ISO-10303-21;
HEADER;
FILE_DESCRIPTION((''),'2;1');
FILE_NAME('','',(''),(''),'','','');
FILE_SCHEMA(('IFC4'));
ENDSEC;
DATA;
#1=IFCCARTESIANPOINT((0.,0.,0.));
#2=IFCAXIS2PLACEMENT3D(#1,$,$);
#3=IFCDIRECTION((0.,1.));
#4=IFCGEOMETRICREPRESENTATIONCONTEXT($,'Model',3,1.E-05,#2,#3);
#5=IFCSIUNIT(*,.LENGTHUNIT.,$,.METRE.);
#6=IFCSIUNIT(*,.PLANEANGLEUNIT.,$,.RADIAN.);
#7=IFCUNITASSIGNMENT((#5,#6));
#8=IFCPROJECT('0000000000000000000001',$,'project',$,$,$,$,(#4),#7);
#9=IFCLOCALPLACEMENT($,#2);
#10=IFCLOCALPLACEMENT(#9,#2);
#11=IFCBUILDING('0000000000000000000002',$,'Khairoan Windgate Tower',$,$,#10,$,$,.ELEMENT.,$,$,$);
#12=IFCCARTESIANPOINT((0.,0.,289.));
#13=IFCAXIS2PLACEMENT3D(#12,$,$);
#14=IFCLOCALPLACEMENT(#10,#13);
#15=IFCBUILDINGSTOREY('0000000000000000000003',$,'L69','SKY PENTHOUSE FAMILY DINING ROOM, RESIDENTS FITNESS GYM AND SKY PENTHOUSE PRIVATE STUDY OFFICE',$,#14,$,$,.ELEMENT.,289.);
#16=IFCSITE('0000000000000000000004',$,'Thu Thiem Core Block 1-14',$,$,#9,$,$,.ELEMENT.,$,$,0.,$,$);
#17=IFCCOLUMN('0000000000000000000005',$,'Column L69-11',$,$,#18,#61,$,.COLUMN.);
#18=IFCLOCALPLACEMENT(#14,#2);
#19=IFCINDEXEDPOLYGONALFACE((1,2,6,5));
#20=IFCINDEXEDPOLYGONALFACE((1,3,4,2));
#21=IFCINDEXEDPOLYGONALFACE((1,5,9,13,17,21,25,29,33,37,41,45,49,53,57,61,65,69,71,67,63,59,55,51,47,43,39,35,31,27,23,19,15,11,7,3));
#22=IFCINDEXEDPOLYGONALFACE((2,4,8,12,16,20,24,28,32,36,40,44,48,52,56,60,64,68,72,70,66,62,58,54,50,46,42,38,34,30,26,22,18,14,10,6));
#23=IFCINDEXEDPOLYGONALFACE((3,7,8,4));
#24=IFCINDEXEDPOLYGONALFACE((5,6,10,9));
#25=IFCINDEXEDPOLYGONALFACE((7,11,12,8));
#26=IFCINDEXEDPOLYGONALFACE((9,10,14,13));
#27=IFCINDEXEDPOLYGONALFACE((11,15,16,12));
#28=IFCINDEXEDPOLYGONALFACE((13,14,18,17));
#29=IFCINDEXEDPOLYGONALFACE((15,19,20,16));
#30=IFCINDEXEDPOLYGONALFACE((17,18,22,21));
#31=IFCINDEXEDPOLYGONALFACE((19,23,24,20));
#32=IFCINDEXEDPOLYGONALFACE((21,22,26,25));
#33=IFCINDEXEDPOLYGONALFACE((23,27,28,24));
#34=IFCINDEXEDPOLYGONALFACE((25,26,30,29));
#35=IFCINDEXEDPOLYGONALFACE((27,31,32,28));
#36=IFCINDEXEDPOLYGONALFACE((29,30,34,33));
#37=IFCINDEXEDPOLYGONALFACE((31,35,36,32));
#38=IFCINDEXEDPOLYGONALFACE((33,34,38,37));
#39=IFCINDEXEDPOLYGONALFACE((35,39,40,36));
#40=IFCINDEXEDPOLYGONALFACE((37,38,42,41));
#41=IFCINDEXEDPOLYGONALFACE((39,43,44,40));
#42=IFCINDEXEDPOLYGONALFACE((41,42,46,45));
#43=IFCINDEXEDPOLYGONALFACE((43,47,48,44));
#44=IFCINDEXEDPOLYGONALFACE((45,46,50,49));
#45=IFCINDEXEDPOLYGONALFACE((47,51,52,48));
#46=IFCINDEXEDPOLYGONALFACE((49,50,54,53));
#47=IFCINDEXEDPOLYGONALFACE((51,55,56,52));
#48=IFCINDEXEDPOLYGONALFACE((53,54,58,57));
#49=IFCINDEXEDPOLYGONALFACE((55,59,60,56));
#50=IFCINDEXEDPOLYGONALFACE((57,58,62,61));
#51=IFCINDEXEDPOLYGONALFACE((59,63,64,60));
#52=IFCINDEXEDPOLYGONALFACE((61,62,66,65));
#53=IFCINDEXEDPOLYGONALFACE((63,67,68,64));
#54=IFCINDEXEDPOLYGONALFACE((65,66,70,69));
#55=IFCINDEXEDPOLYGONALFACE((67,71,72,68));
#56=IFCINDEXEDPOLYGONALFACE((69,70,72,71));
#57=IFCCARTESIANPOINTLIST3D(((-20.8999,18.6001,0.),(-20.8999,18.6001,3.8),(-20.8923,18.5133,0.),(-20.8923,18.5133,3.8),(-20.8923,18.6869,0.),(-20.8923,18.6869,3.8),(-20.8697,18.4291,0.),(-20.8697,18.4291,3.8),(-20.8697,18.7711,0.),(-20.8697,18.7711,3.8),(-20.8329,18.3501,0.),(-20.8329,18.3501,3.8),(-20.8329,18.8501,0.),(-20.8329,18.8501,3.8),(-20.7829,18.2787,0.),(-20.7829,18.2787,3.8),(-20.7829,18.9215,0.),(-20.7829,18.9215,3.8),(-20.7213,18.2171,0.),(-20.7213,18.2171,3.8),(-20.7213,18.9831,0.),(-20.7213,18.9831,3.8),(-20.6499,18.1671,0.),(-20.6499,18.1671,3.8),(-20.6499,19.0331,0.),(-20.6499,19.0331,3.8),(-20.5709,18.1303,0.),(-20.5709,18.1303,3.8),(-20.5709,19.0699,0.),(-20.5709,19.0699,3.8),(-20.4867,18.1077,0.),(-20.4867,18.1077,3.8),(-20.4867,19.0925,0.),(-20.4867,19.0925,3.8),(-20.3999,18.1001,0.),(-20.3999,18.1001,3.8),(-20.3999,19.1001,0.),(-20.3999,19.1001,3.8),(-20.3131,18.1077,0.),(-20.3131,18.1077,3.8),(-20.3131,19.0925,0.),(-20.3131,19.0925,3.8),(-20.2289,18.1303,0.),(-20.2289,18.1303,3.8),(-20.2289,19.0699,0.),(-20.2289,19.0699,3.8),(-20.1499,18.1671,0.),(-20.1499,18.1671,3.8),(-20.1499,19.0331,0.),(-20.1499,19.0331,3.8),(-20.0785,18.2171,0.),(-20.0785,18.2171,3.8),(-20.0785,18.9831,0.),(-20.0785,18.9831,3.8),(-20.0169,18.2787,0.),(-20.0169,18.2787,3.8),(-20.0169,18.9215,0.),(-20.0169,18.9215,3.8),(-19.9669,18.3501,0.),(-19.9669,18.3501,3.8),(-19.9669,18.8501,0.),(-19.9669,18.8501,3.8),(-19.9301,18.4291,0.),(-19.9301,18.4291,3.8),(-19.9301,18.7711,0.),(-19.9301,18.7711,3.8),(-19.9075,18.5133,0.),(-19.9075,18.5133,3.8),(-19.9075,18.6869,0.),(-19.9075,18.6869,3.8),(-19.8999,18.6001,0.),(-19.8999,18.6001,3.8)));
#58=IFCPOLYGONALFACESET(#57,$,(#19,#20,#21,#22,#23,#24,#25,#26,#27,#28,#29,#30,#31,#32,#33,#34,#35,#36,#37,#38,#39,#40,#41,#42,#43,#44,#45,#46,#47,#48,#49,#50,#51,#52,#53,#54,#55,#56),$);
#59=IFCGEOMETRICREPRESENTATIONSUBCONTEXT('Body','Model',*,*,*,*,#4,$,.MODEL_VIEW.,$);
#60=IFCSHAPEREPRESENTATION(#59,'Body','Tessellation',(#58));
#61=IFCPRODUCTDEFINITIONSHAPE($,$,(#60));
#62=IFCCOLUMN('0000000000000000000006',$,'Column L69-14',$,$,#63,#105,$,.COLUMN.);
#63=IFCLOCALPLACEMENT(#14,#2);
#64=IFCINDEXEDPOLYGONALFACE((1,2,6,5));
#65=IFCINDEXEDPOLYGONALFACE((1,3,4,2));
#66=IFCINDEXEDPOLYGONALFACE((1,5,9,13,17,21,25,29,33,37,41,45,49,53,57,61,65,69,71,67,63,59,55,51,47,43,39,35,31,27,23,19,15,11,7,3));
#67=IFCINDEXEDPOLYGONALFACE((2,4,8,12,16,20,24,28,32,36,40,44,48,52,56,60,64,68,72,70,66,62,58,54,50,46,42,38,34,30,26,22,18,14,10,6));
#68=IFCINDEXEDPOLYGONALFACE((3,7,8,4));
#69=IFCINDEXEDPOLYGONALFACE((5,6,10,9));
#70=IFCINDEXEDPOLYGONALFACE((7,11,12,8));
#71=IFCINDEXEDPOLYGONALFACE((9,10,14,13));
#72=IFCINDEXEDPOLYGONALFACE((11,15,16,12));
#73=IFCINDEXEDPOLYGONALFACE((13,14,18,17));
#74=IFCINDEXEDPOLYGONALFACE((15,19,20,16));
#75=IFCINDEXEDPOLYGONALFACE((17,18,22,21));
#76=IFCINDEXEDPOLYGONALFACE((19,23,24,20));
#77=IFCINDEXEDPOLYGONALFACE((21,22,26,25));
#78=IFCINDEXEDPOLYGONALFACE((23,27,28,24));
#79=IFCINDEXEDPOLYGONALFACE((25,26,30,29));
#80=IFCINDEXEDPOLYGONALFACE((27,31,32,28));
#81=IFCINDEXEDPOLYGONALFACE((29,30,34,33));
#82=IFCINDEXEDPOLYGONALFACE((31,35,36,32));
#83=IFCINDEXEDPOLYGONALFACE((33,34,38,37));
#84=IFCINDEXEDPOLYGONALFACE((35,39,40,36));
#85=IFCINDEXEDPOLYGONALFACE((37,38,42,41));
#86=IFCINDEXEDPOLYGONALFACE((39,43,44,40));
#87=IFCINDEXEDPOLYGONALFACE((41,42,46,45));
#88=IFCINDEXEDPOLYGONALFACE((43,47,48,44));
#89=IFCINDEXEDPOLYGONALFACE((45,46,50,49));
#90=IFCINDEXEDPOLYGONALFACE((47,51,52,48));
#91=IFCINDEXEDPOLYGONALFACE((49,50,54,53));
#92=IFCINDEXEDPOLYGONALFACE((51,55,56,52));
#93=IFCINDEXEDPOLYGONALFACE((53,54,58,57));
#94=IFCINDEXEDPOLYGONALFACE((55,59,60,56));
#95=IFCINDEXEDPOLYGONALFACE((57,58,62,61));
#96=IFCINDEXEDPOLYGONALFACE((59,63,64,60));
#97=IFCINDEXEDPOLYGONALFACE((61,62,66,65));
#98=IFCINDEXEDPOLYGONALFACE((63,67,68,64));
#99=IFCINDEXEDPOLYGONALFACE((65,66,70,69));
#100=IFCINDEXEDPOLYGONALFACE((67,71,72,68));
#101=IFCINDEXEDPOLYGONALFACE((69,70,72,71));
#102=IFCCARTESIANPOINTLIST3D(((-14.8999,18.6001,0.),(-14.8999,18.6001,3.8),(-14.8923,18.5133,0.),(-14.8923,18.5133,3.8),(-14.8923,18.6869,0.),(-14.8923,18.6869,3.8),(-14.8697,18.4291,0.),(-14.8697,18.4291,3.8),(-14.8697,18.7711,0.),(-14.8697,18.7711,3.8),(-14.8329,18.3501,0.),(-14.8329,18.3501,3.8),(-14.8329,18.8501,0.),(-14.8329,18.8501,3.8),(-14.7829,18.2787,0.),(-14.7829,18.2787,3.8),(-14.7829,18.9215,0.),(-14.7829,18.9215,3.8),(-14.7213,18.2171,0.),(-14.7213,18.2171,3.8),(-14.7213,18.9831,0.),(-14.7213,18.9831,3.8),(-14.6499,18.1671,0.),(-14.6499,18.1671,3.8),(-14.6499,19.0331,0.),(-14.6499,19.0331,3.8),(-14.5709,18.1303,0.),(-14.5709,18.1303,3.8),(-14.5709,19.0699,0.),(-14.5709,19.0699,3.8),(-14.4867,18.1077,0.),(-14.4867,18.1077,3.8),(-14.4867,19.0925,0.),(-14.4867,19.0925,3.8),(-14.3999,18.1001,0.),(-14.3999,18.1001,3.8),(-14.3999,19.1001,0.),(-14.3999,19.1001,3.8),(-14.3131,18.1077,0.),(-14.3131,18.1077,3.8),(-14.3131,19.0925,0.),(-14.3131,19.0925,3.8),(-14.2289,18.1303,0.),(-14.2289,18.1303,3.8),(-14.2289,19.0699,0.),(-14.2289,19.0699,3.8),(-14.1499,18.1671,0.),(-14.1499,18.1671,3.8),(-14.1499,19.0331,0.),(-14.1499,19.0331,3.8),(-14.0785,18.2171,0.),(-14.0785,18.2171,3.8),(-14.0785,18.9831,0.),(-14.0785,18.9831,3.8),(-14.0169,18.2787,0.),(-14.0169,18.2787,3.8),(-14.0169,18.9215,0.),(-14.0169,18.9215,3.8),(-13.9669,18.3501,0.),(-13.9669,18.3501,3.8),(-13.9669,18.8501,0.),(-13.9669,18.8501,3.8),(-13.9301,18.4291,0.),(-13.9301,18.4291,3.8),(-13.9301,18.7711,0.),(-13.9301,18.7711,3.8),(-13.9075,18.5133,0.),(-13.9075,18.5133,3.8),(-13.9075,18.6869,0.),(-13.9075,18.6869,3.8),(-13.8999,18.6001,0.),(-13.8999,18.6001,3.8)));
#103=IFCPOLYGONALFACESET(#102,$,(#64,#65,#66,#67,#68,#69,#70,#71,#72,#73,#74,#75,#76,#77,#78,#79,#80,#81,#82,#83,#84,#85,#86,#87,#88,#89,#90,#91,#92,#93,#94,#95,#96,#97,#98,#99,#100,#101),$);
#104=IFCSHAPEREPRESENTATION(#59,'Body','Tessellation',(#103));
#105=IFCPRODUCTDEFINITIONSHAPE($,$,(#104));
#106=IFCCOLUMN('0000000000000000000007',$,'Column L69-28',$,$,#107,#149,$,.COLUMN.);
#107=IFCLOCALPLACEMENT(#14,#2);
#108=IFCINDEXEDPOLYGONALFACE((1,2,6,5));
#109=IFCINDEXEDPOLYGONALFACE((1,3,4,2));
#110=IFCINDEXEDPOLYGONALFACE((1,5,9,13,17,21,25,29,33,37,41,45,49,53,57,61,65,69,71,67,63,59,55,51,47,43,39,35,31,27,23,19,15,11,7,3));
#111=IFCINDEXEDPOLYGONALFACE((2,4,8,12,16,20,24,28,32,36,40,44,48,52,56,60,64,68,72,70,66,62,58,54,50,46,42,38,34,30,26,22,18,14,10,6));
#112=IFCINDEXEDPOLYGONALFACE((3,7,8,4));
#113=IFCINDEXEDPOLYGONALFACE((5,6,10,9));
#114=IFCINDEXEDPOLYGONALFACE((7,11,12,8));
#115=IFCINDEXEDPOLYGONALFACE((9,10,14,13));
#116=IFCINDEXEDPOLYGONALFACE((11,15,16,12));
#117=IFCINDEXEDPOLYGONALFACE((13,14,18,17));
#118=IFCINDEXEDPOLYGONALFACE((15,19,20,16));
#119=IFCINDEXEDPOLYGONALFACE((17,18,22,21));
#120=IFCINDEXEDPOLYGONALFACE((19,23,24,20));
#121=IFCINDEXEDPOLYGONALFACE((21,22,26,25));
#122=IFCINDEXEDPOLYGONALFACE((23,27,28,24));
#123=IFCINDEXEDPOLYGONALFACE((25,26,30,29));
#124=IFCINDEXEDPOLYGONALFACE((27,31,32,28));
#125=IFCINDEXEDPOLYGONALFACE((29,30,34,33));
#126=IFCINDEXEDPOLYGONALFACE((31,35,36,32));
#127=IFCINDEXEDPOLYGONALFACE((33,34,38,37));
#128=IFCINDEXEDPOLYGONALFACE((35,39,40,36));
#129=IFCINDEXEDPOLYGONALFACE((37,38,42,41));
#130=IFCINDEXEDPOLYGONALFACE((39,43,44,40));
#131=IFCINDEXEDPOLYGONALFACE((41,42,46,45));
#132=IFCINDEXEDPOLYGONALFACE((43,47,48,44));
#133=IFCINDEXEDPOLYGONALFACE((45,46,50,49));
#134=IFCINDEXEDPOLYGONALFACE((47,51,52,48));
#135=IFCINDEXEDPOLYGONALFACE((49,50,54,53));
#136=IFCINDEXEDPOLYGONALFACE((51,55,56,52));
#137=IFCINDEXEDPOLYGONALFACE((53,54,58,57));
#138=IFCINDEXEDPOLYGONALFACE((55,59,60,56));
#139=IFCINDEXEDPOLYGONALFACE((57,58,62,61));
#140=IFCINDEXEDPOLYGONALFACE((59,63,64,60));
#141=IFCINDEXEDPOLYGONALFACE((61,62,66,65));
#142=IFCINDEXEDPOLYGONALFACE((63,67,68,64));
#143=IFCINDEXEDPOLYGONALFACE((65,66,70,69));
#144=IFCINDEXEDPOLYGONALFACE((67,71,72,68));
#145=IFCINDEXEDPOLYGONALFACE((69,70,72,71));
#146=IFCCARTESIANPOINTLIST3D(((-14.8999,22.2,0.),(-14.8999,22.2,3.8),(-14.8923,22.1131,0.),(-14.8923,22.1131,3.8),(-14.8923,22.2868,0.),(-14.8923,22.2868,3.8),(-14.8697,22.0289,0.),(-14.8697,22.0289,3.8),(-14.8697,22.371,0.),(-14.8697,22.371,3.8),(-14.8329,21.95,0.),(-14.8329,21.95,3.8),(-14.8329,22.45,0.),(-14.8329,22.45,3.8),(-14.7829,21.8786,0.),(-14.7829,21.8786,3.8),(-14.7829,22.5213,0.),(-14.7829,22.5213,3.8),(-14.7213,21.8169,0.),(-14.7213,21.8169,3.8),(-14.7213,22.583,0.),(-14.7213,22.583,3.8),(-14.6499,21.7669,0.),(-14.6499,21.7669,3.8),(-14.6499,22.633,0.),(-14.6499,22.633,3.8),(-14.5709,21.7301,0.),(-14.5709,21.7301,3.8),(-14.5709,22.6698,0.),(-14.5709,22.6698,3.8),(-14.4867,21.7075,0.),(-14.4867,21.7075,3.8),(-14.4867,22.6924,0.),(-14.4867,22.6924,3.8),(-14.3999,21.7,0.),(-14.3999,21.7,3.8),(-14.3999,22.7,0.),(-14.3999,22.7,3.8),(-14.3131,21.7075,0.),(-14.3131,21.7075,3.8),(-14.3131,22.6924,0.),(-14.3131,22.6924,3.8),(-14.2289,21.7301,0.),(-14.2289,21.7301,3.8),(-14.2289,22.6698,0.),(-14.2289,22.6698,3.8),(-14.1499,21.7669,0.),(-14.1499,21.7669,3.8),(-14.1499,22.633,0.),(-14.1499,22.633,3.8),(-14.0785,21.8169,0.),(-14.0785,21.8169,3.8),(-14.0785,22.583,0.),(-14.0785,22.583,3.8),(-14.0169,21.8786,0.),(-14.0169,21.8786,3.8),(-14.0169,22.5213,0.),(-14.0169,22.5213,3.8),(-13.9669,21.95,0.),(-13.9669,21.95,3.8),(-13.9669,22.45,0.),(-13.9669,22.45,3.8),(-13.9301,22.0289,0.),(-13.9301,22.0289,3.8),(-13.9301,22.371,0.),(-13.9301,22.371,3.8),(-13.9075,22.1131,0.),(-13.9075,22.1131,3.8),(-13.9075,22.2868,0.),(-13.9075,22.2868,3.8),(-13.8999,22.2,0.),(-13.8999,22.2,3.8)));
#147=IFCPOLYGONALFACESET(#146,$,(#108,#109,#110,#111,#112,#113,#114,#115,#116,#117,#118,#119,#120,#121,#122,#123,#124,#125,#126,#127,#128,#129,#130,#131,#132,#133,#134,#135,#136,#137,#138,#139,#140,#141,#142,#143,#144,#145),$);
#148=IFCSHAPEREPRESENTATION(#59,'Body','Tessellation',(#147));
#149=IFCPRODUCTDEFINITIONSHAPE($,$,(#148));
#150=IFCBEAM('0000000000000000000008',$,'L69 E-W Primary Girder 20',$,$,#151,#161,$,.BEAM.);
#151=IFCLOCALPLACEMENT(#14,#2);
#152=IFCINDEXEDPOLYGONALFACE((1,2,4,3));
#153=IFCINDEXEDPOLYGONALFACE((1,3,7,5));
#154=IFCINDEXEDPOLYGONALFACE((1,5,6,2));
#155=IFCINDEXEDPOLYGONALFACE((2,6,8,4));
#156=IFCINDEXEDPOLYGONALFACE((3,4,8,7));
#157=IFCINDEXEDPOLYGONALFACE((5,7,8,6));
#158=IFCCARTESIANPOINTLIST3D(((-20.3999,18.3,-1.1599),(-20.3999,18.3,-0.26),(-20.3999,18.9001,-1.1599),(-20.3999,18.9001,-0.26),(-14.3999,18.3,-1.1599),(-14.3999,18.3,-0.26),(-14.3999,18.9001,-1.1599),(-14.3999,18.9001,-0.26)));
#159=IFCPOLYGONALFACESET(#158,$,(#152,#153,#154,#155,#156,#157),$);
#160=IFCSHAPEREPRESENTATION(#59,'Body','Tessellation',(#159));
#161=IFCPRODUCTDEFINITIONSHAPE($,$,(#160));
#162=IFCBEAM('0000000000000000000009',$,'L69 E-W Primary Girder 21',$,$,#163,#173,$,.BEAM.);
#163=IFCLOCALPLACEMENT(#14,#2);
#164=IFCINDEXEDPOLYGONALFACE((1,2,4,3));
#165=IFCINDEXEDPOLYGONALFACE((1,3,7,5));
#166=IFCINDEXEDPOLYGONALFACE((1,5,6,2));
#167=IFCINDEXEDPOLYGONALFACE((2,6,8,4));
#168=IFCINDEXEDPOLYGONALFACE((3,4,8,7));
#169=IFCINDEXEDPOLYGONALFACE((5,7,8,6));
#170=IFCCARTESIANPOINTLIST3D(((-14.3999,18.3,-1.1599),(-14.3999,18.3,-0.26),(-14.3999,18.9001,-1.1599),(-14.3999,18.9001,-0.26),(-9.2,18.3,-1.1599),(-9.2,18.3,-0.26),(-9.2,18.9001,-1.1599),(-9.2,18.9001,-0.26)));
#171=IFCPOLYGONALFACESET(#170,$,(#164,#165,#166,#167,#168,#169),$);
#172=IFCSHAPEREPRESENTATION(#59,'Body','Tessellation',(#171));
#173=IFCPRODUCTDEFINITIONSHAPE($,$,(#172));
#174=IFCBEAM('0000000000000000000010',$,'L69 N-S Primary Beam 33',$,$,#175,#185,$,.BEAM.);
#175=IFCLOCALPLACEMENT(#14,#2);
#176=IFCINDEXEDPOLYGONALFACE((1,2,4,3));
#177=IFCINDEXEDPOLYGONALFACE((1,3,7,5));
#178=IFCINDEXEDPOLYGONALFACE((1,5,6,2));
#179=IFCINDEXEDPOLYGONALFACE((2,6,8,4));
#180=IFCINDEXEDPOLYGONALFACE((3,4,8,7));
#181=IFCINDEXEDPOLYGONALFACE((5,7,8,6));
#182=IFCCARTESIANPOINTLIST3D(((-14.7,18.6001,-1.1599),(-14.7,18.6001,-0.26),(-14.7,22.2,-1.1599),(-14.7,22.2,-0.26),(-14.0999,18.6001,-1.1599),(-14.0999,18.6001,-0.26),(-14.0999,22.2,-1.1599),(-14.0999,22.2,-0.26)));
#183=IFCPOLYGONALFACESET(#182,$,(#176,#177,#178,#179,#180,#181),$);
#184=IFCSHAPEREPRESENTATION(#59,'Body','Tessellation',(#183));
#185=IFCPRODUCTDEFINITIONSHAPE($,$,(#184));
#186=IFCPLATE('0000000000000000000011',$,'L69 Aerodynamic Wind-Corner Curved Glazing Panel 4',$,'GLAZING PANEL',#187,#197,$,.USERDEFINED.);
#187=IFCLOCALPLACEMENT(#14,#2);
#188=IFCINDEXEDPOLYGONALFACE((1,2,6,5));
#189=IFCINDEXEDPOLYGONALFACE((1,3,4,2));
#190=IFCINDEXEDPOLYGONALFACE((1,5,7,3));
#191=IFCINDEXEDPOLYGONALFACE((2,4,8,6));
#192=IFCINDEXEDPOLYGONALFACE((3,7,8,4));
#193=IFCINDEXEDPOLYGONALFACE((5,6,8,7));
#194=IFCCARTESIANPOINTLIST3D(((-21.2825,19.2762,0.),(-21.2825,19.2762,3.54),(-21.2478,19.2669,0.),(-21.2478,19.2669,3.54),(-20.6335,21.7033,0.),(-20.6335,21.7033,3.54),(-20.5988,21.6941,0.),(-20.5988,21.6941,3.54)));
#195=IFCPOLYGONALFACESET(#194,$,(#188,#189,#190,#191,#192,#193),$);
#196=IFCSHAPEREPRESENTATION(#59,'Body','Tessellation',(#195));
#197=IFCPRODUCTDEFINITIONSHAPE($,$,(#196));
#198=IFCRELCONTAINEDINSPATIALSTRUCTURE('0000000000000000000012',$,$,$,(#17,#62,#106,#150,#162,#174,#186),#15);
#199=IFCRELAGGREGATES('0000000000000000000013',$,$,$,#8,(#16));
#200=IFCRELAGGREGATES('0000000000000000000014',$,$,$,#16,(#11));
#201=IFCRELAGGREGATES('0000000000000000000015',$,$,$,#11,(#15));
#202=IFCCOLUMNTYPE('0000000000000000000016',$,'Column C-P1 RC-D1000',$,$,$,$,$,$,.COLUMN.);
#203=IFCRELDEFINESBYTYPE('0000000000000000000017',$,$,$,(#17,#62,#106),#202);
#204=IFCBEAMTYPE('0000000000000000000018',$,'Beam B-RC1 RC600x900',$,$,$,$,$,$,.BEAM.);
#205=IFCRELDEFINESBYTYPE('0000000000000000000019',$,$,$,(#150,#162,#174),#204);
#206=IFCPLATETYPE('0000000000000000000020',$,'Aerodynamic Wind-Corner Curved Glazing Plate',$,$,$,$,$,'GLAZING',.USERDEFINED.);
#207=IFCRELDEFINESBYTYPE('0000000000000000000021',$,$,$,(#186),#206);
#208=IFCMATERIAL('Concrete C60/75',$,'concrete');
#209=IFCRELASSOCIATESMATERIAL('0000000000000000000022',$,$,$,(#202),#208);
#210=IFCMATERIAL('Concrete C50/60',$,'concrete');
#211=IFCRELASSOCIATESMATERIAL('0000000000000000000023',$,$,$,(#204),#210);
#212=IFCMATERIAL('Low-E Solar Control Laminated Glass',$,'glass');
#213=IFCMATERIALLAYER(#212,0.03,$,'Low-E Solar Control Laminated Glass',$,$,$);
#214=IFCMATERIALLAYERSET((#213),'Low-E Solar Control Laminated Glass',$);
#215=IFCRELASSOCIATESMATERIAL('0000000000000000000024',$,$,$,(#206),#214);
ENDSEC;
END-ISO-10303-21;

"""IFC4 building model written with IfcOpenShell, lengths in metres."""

from ifc_helpers import new_model, si_unit, direction, frame, origin, origin_2d, place, context, subcontext, project, spatial, rectangle, circle, extrude, material, layer, layer_set, material_profile, profile_set, type_object, element, save


model = new_model("IFC4")

# Units and contexts
model_context = context("Model", 3, precision=1e-05, world=origin(), true_north=direction((0.0, 1.0)))
body_context = subcontext(model_context, "Body", "Model", "MODEL_VIEW")
ifc_project = project(units=[si_unit("LENGTHUNIT", "METRE"), si_unit("PLANEANGLEUNIT", "RADIAN")], contexts=[model_context])

# Site, building, storey
site_placement = place(None, origin())
site = spatial("IfcSite", under=ifc_project, at=site_placement, Name="Thu Thiem Core Block 1-14", CompositionType="ELEMENT", RefElevation=0.0)
building_placement = place(site_placement, origin())
building = spatial("IfcBuilding", under=site, at=building_placement, Name="Khairoan Windgate Tower", CompositionType="ELEMENT")
storey_placement = place(building_placement, frame((0.0, 0.0, 289.0)))
storey = spatial("IfcBuildingStorey", under=building, at=storey_placement, Name="L69", Description="SKY PENTHOUSE FAMILY DINING ROOM, RESIDENTS FITNESS GYM AND SKY PENTHOUSE PRIVATE STUDY OFFICE", CompositionType="ELEMENT", Elevation=289.0)

# Columns
ifc_material_1 = material(Name="Concrete C60/75", Category="concrete")
ifc_material_profile_1 = material_profile(ifc_material_1, circle(Radius=0.5, at=origin_2d()))
ifc_profile_set_1 = profile_set([ifc_material_profile_1], Name="Concrete C60/75")
column_type = type_object("IfcColumnType", Name="Column C-P1 RC-D1000", PredefinedType="COLUMN", material=ifc_profile_set_1)
for number, where, z_axis, x_axis, name in (
    (1, (-20.3999, 18.6001, 0.0), (0.0, 0.0, 1.0), (1.0, 0.0, 0.0), "Column L69-11"),
    (2, (-14.3999, 18.6001, 0.0), (0.0, 0.0, 1.0), (1.0, 0.0, 0.0), "Column L69-14"),
    (3, (-14.3999, 22.2, 0.0), (0.0, 0.0, 1.0), (1.0, 0.0, 0.0), "Column L69-28"),
):
    element("IfcColumn", number, at=place(storey_placement, frame(where, z_axis=z_axis, x_axis=x_axis)), inside=storey, type_object=column_type, Name=name, PredefinedType="COLUMN", context=body_context, shape_type="SweptSolid", body=[
        extrude(circle(Radius=0.5, at=origin_2d()), origin(), (0.0, 0.0, 1.0), 3.8),
    ])

# Beams
ifc_material_2 = material(Name="Concrete C50/60", Category="concrete")
ifc_material_profile_2 = material_profile(ifc_material_2, rectangle(XDim=0.6001, YDim=0.8999, at=origin_2d()))
ifc_profile_set_2 = profile_set([ifc_material_profile_2], Name="Concrete C50/60")
beam_type = type_object("IfcBeamType", Name="Beam B-RC1 RC600x900", PredefinedType="BEAM", material=ifc_profile_set_2)
beam_1_placement = place(storey_placement, frame((-20.3999, 18.6001, -0.71), z_axis=(1.0, 0.0, 0.0), x_axis=(0.0, 1.0, 0.0)))
element("IfcBeam", 4, at=beam_1_placement, inside=storey, type_object=beam_type, Name="L69 E-W Primary Girder 20", PredefinedType="BEAM", context=body_context, shape_type="SweptSolid", body=[
    extrude(rectangle(XDim=0.6001, YDim=0.8999, at=origin_2d()), origin(), (0.0, 0.0, 1.0), 6.0),
])
beam_2_placement = place(storey_placement, frame((-14.3999, 18.6001, -0.71), z_axis=(1.0, 0.0, 0.0), x_axis=(0.0, 1.0, 0.0)))
element("IfcBeam", 5, at=beam_2_placement, inside=storey, type_object=beam_type, Name="L69 E-W Primary Girder 21", PredefinedType="BEAM", context=body_context, shape_type="SweptSolid", body=[
    extrude(rectangle(XDim=0.6001, YDim=0.8999, at=origin_2d()), origin(), (0.0, 0.0, 1.0), 5.2),
])
beam_3_placement = place(storey_placement, frame((-14.3999, 18.6001, -0.71), z_axis=(0.0, 1.0, 0.0), x_axis=(-1.0, 0.0, 0.0)))
element("IfcBeam", 6, at=beam_3_placement, inside=storey, type_object=beam_type, Name="L69 N-S Primary Beam 33", PredefinedType="BEAM", context=body_context, shape_type="SweptSolid", body=[
    extrude(rectangle(XDim=0.6001, YDim=0.8999, at=origin_2d()), origin(), (0.0, 0.0, 1.0), 3.5999),
])

# Plate
ifc_material_3 = material(Name="Low-E Solar Control Laminated Glass", Category="glass")
ifc_layer_1 = layer(ifc_material_3, 0.03, Name="Low-E Solar Control Laminated Glass")
ifc_layer_set_1 = layer_set([ifc_layer_1], Name="Low-E Solar Control Laminated Glass")
plate_type_1 = type_object("IfcPlateType", Name="Aerodynamic Wind-Corner Curved Glazing Plate", ElementType="GLAZING", PredefinedType="USERDEFINED", material=ifc_layer_set_1)
plate_1_placement = place(storey_placement, frame((-20.9407, 20.4851, 0.0), z_axis=(0.0, 0.0, 1.0), x_axis=(0.258313, 0.966061, 0.0)))
element("IfcPlate", 7, at=plate_1_placement, inside=storey, type_object=plate_type_1, Name="L69 Aerodynamic Wind-Corner Curved Glazing Panel 4", ObjectType="GLAZING PANEL", PredefinedType="USERDEFINED", context=body_context, shape_type="SweptSolid", body=[
    extrude(rectangle(XDim=2.5125, YDim=0.0359, at=origin_2d()), origin(), (0.0, 0.0, 1.0), 3.54),
])

save(model, "model.ifc")
